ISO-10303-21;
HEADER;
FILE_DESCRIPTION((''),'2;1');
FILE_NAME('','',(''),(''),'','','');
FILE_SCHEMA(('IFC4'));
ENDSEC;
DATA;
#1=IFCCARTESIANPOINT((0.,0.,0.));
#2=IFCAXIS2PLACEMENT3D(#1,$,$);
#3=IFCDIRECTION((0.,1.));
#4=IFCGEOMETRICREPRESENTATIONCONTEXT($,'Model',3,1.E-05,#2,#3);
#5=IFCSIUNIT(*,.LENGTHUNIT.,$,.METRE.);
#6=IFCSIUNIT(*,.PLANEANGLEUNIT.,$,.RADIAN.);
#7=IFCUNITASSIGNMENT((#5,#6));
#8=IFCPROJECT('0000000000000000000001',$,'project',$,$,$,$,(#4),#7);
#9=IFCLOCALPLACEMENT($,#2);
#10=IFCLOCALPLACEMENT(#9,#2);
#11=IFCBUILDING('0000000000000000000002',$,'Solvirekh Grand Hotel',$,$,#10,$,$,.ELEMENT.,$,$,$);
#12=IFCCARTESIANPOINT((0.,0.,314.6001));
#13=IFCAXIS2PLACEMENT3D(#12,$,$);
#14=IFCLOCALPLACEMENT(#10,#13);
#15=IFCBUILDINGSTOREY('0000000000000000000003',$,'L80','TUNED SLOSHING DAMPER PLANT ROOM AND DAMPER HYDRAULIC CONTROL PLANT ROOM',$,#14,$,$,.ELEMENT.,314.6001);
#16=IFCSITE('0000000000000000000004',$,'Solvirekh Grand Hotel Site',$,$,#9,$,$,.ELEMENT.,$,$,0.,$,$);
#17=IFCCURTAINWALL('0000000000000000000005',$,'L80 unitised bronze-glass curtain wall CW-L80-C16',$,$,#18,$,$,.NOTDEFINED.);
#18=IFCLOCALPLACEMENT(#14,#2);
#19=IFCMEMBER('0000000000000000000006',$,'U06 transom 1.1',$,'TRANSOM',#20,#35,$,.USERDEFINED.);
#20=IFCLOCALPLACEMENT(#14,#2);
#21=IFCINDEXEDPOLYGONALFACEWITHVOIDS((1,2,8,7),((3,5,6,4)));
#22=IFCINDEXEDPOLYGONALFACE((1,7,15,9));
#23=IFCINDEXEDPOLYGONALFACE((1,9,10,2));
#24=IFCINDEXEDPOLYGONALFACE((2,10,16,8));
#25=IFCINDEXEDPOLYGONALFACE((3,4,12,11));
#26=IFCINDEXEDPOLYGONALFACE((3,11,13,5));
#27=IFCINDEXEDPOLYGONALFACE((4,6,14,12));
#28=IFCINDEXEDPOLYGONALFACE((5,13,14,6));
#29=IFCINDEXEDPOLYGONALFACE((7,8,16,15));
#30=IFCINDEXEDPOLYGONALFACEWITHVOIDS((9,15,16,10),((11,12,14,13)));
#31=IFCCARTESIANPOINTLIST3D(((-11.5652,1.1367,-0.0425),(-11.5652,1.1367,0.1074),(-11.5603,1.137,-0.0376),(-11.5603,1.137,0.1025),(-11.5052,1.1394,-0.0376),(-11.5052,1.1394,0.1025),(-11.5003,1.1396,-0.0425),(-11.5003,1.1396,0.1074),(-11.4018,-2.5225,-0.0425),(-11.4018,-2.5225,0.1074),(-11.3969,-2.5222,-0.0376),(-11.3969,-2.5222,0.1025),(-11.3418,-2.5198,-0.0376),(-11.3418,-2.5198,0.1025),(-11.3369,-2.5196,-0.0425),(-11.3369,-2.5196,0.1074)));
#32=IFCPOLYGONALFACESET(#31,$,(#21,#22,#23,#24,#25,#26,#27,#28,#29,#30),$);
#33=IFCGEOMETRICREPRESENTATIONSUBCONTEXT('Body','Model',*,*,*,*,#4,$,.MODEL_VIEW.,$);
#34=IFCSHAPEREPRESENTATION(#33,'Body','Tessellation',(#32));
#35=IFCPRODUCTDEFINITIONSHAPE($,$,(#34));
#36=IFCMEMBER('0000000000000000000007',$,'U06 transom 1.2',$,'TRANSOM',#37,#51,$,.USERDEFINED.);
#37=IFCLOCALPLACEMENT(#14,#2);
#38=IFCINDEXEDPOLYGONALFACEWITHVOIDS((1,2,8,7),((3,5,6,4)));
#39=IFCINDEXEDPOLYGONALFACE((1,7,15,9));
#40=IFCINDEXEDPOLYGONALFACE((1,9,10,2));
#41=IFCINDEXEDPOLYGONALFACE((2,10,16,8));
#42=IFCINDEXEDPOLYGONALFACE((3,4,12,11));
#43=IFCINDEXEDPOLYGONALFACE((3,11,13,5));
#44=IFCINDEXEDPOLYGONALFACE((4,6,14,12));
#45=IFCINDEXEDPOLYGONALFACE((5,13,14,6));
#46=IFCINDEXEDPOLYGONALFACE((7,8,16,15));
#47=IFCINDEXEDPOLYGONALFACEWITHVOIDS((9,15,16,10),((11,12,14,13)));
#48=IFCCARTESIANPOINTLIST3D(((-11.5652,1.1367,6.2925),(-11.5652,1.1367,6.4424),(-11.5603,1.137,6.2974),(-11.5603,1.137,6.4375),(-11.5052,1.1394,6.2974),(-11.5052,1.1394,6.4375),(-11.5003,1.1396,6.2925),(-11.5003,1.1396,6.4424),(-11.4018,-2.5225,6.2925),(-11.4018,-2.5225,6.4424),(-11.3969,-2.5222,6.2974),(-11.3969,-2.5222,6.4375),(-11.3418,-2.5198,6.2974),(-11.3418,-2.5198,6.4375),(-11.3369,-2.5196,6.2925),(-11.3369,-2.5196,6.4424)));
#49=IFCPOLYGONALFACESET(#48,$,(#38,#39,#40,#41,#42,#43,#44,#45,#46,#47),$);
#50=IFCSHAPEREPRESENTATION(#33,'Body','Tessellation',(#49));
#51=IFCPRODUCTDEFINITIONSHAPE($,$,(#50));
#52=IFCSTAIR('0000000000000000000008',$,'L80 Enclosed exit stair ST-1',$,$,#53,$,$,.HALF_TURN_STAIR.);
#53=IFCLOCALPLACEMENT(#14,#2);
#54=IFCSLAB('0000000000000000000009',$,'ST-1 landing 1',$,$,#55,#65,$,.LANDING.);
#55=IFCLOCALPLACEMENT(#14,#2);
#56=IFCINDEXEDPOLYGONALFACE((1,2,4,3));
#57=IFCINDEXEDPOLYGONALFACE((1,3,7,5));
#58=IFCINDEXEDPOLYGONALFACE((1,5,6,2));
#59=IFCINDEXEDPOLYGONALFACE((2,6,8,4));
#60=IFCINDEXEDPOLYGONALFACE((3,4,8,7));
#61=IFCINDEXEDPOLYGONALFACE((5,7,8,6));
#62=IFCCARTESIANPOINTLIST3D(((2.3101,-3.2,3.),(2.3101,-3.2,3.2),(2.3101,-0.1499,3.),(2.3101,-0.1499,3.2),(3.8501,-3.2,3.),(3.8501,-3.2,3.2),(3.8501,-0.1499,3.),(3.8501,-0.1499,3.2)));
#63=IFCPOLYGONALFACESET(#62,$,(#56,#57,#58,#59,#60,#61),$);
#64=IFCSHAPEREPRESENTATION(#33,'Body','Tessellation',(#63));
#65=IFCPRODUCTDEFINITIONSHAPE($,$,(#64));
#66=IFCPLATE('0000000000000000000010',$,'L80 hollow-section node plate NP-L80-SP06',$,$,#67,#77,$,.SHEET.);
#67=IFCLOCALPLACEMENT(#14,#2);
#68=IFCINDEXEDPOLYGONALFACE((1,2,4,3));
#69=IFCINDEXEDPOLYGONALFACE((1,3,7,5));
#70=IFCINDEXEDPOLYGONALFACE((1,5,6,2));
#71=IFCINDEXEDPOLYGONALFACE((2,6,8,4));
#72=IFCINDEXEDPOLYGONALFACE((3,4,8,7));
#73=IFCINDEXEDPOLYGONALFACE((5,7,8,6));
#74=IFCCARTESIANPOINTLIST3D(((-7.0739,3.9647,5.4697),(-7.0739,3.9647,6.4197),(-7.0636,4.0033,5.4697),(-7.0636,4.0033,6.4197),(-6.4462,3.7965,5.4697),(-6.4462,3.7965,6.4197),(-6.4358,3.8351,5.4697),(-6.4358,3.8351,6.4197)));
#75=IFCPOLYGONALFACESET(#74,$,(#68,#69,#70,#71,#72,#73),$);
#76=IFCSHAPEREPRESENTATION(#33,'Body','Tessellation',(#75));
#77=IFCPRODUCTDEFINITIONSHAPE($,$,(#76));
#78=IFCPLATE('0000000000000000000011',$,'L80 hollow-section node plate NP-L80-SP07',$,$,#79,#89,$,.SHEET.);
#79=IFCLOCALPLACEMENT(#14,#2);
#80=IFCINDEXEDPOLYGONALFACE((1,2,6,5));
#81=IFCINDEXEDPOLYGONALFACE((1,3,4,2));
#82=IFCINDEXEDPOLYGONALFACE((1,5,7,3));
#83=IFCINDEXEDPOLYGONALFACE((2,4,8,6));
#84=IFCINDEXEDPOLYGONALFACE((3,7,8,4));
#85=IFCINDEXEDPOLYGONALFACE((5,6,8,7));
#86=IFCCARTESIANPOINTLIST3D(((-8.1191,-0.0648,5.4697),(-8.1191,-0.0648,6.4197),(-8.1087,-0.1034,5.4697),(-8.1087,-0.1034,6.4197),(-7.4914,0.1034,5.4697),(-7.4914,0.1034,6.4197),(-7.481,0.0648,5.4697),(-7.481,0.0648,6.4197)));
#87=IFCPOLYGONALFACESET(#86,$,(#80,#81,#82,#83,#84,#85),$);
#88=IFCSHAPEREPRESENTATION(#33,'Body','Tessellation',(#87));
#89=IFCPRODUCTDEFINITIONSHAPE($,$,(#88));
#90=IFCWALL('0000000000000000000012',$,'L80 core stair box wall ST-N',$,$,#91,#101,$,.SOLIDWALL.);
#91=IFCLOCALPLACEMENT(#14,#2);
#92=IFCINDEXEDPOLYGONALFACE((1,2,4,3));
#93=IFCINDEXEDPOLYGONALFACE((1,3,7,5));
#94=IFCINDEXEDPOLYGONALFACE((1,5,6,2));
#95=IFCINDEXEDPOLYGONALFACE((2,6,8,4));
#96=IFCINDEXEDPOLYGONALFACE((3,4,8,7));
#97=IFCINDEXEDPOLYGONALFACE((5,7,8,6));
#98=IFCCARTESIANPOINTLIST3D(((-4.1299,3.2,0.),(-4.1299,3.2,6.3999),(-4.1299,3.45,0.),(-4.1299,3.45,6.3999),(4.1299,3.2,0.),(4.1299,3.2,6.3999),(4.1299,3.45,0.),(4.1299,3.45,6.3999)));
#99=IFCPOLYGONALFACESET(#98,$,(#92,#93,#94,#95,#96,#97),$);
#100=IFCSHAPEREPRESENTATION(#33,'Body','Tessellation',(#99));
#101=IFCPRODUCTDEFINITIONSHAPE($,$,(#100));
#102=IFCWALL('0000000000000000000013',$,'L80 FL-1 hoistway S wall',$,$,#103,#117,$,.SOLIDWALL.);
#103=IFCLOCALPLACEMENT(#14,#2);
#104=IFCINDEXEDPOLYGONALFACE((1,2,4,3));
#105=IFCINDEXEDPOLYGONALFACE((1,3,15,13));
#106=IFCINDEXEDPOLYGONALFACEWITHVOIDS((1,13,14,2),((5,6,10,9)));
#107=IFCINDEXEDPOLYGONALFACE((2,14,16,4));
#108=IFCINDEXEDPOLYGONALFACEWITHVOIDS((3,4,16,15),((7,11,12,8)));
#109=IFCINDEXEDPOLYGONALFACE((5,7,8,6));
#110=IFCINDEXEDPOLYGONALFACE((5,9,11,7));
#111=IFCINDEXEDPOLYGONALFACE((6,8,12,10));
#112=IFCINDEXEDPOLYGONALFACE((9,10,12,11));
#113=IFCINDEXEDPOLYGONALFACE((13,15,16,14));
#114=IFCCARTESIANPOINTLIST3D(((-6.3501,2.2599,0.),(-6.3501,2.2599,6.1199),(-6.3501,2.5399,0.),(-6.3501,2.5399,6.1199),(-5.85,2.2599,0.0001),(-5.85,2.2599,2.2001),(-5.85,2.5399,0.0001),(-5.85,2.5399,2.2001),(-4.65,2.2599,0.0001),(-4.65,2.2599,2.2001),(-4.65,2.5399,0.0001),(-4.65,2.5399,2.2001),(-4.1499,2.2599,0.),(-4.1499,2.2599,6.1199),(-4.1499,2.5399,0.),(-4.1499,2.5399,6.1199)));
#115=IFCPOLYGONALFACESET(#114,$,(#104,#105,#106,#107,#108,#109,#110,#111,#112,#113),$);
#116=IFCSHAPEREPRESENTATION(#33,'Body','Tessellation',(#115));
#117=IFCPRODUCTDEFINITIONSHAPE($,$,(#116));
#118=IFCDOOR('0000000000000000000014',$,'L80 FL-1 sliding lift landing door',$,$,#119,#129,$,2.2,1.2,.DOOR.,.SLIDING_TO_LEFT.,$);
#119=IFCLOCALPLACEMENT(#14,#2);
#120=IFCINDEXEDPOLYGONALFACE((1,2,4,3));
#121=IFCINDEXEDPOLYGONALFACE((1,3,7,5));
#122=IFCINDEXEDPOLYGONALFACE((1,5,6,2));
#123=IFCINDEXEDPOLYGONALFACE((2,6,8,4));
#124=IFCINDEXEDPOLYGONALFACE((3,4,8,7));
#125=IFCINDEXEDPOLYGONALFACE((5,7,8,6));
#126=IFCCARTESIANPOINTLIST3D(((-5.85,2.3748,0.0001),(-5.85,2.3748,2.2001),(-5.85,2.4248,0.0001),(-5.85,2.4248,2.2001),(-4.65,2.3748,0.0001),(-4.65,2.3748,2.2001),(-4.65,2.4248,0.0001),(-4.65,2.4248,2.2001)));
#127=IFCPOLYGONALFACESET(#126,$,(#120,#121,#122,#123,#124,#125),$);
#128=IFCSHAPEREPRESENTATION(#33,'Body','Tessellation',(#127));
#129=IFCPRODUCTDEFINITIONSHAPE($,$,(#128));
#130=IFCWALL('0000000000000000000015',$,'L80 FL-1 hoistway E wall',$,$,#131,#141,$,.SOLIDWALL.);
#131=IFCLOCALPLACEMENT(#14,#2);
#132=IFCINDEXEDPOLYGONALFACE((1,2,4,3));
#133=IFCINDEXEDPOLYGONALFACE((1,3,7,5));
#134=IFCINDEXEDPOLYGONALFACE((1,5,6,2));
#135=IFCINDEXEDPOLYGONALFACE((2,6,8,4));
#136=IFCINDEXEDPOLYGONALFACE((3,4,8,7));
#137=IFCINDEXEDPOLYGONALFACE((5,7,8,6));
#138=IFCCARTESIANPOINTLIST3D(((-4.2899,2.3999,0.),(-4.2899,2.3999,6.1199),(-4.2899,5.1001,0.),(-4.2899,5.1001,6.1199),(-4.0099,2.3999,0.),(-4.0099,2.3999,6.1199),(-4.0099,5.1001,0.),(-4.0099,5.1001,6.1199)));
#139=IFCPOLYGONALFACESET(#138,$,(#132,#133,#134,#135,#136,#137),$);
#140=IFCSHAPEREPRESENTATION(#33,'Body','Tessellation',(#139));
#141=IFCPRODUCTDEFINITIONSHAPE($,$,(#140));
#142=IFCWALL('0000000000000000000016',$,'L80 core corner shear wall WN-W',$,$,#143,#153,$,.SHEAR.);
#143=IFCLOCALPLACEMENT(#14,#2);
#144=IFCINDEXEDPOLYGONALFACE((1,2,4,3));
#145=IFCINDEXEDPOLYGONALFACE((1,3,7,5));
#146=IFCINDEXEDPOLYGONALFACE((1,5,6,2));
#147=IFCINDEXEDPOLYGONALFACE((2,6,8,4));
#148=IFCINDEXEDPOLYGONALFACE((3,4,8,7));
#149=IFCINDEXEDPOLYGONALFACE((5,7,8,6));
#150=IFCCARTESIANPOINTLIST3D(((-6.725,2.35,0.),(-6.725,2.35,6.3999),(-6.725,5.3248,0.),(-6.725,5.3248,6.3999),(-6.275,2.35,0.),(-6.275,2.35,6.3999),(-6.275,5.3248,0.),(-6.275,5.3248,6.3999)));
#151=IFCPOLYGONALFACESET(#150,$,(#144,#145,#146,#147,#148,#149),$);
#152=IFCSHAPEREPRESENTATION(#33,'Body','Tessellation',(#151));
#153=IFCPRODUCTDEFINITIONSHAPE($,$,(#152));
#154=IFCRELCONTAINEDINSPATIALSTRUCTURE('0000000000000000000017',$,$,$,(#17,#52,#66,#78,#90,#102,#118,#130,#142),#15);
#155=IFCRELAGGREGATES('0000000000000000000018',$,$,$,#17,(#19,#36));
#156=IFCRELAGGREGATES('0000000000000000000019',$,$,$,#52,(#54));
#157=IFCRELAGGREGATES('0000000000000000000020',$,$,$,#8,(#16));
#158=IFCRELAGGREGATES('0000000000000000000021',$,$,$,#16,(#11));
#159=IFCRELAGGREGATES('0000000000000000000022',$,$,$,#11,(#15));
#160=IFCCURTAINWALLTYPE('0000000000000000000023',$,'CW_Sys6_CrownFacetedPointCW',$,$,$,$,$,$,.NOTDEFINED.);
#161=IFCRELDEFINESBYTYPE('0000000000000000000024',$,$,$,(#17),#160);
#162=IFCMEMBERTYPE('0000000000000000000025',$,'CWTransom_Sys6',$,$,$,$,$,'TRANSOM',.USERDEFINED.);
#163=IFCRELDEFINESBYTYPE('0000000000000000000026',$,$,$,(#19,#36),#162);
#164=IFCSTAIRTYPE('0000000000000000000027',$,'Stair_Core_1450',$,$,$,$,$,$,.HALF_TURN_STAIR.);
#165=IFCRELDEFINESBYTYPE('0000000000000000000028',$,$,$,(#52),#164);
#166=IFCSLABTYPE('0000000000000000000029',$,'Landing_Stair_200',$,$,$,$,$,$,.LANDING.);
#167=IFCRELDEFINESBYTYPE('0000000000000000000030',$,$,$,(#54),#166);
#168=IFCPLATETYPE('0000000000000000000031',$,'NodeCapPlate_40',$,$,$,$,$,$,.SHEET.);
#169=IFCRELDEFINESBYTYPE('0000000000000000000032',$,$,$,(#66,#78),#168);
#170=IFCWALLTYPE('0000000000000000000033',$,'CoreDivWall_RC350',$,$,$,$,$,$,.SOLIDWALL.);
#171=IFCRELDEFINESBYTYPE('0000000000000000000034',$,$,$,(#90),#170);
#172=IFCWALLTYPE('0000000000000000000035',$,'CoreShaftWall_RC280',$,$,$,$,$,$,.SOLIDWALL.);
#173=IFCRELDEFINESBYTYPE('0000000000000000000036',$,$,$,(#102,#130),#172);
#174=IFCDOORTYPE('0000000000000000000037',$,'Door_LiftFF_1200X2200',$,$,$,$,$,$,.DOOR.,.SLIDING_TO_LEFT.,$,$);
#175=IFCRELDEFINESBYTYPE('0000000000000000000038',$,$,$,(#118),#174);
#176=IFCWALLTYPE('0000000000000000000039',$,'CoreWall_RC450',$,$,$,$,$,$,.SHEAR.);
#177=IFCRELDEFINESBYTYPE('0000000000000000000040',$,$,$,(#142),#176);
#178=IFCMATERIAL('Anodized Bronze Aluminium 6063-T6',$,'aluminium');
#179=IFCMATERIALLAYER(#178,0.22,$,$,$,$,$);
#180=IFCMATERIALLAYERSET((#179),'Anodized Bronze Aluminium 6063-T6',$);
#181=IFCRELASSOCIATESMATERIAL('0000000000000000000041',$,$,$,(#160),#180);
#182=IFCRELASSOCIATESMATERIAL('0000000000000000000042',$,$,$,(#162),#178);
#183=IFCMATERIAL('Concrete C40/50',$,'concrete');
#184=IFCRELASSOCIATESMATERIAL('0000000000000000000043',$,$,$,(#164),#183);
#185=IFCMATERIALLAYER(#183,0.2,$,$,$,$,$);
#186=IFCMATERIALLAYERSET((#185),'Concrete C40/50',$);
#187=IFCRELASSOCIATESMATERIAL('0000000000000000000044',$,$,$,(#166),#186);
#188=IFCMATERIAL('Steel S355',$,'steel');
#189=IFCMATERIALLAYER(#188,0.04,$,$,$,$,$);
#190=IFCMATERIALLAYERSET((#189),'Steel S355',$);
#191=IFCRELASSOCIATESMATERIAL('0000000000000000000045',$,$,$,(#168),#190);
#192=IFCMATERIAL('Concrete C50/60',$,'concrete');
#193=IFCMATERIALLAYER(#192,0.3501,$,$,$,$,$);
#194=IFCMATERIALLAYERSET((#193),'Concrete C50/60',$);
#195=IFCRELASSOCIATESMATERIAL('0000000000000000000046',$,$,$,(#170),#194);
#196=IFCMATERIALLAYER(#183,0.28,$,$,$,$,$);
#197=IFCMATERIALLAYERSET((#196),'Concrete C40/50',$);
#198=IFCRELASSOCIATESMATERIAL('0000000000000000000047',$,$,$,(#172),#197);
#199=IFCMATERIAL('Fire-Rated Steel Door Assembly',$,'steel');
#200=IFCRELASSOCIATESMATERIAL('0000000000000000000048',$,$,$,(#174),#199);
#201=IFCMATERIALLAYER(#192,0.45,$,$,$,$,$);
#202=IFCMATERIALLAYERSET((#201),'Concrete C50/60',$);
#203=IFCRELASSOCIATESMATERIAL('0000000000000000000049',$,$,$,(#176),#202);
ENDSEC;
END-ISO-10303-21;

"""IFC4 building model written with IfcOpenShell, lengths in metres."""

from ifc_helpers import new_model, si_unit, direction, frame, frame_2d, origin, origin_2d, place, context, subcontext, project, spatial, polyline, rectangle, hollow_rectangle, outline, extrude, source, transform, mapped, material, layer, layer_set, material_profile, profile_set, type_object, element, fill, aggregate, save


model = new_model("IFC4")

# Units and contexts
model_context = context("Model", 3, precision=1e-05, world=origin(), true_north=direction((0.0, 1.0)))
body_context = subcontext(model_context, "Body", "Model", "MODEL_VIEW")
ifc_project = project(units=[si_unit("LENGTHUNIT", "METRE"), si_unit("PLANEANGLEUNIT", "RADIAN")], contexts=[model_context])

# Site, building, storey
site_placement = place(None, origin())
site = spatial("IfcSite", under=ifc_project, at=site_placement, Name="Solvirekh Grand Hotel Site", CompositionType="ELEMENT", RefElevation=0.0)
building_placement = place(site_placement, origin())
building = spatial("IfcBuilding", under=site, at=building_placement, Name="Solvirekh Grand Hotel", CompositionType="ELEMENT")
storey_placement = place(building_placement, frame((0.0, 0.0, 314.6001)))
storey = spatial("IfcBuildingStorey", under=building, at=storey_placement, Name="L80", Description="TUNED SLOSHING DAMPER PLANT ROOM AND DAMPER HYDRAULIC CONTROL PLANT ROOM", CompositionType="ELEMENT", Elevation=314.6001)

# Shared definitions
ifc_material_1 = material(Name="Steel S355", Category="steel")

# Shared definitions
ifc_material_2 = material(Name="Anodized Bronze Aluminium 6063-T6", Category="aluminium")
ifc_layer_1 = layer(ifc_material_2, 0.22)
ifc_layer_set_1 = layer_set([ifc_layer_1], Name="Anodized Bronze Aluminium 6063-T6")
curtain_wall_type = type_object("IfcCurtainWallType", Name="CW_Sys6_CrownFacetedPointCW", PredefinedType="NOTDEFINED", material=ifc_layer_set_1)

# Curtain wall, members
curtain_wall_1_placement = place(storey_placement, origin())
curtain_wall_1 = element("IfcCurtainWall", 1, at=curtain_wall_1_placement, inside=storey, type_object=curtain_wall_type, Name="L80 unitised bronze-glass curtain wall CW-L80-C16", PredefinedType="NOTDEFINED")
ifc_material_profile_1 = material_profile(ifc_material_2, hollow_rectangle(XDim=0.0649, YDim=0.1499, WallThickness=0.0049, at=origin_2d()), Name="ALU RHS 150X65X5")
ifc_profile_set_1 = profile_set([ifc_material_profile_1], Name="Anodized Bronze Aluminium 6063-T6")
member_type_1 = type_object("IfcMemberType", Name="CWTransom_Sys6", ElementType="TRANSOM", PredefinedType="USERDEFINED", material=ifc_profile_set_1)
shared_shape_1 = source(origin(), body_context, "Body", "SweptSolid", [
    extrude(hollow_rectangle(XDim=0.0649, YDim=0.1499, WallThickness=0.0049, at=origin_2d()), origin(), (0.0, 0.0, 1.0), 3.6628),
])
member_1_placement = place(storey_placement, frame((-11.5327, 1.1382, 0.0325), z_axis=(0.044591, -0.999005, 0.0), x_axis=(0.999005, 0.044591, 0.0)))
member_1 = element("IfcMember", 2, at=member_1_placement, type_object=member_type_1, Name="U06 transom 1.1", ObjectType="TRANSOM", PredefinedType="USERDEFINED", context=body_context, shape_type="MappedRepresentation", body=[
    mapped(shared_shape_1, transform((0.0, 0.0, 0.0), x_axis=(1.0, 0.0, 0.0), y_axis=(0.0, 1.0, 0.0), z_axis=(0.0, 0.0, 1.0), scale=1.0)),
])
member_2_placement = place(storey_placement, frame((-11.5327, 1.1382, 6.3674), z_axis=(0.044591, -0.999005, 0.0), x_axis=(0.999005, 0.044591, 0.0)))
member_2 = element("IfcMember", 3, at=member_2_placement, type_object=member_type_1, Name="U06 transom 1.2", ObjectType="TRANSOM", PredefinedType="USERDEFINED", context=body_context, shape_type="MappedRepresentation", body=[
    mapped(shared_shape_1, transform((0.0, 0.0, 0.0), x_axis=(1.0, 0.0, 0.0), y_axis=(0.0, 1.0, 0.0), z_axis=(0.0, 0.0, 1.0), scale=1.0)),
])
aggregate(curtain_wall_1, [member_1, member_2])

# Stair, slab
ifc_material_3 = material(Name="Concrete C40/50", Category="concrete")
stair_type = type_object("IfcStairType", Name="Stair_Core_1450", PredefinedType="HALF_TURN_STAIR", material=ifc_material_3)
stair_1_placement = place(storey_placement, origin())
stair_1 = element("IfcStair", 4, at=stair_1_placement, inside=storey, type_object=stair_type, Name="L80 Enclosed exit stair ST-1", PredefinedType="HALF_TURN_STAIR")
ifc_layer_2 = layer(ifc_material_3, 0.2)
ifc_layer_set_2 = layer_set([ifc_layer_2], Name="Concrete C40/50")
slab_type = type_object("IfcSlabType", Name="Landing_Stair_200", PredefinedType="LANDING", material=ifc_layer_set_2)
slab_placement = place(storey_placement, frame((0.0, 0.0, 3.0)))
slab = element("IfcSlab", 5, at=slab_placement, type_object=slab_type, Name="ST-1 landing 1", PredefinedType="LANDING", context=body_context, shape_type="SweptSolid", body=[
    extrude(outline(polyline([(2.3101, -3.2), (3.8501, -3.2), (3.8501, -0.1499), (2.3101, -0.1499), (2.3101, -3.2)])), origin(), (0.0, 0.0, 1.0), 0.2),
])
aggregate(stair_1, [slab])

# Plates
ifc_layer_3 = layer(ifc_material_1, 0.04)
ifc_layer_set_3 = layer_set([ifc_layer_3], Name="Steel S355")
plate_type = type_object("IfcPlateType", Name="NodeCapPlate_40", PredefinedType="SHEET", material=ifc_layer_set_3)
for number, where, z_axis, x_axis, name in (
    (6, (-6.7549, 3.8999, 5.4697), (0.0, 0.0, 1.0), (-0.258819, -0.965926, 0.0), "L80 hollow-section node plate NP-L80-SP06"),
    (7, (-7.8, 0.0, 5.4697), (0.0, 0.0, 1.0), (0.258819, -0.965926, 0.0), "L80 hollow-section node plate NP-L80-SP07"),
):
    element("IfcPlate", number, at=place(storey_placement, frame(where, z_axis=z_axis, x_axis=x_axis)), inside=storey, type_object=plate_type, Name=name, PredefinedType="SHEET", context=body_context, shape_type="SweptSolid", body=[
        extrude(rectangle(XDim=0.04, YDim=0.6499, at=origin_2d()), origin(), (0.0, 0.0, 1.0), 0.95),
    ])

# Wall
ifc_material_4 = material(Name="Concrete C50/60", Category="concrete")
ifc_layer_4 = layer(ifc_material_4, 0.3501)
ifc_layer_set_4 = layer_set([ifc_layer_4], Name="Concrete C50/60")
wall_type_1 = type_object("IfcWallType", Name="CoreDivWall_RC350", PredefinedType="SOLIDWALL", material=ifc_layer_set_4)
wall_1_placement = place(storey_placement, frame((-4.1299, 3.325, 0.0), z_axis=(0.0, 0.0, 1.0), x_axis=(1.0, 0.0, 0.0)))
element("IfcWall", 8, at=wall_1_placement, inside=storey, type_object=wall_type_1, Name="L80 core stair box wall ST-N", PredefinedType="SOLIDWALL", context=body_context, shape_type="SweptSolid", body=[
    extrude(rectangle(XDim=8.2598, YDim=0.25, at=frame_2d((4.1299, 0.0))), origin(), (0.0, 0.0, 1.0), 6.3999),
])

# Wall, opening, door
ifc_layer_5 = layer(ifc_material_3, 0.28)
ifc_layer_set_5 = layer_set([ifc_layer_5], Name="Concrete C40/50")
wall_type_2 = type_object("IfcWallType", Name="CoreShaftWall_RC280", PredefinedType="SOLIDWALL", material=ifc_layer_set_5)
wall_2_placement = place(storey_placement, frame((-6.3501, 2.3999, 0.0), z_axis=(0.0, 0.0, 1.0), x_axis=(1.0, 0.0, 0.0)))
wall_2 = element("IfcWall", 9, at=wall_2_placement, inside=storey, type_object=wall_type_2, Name="L80 FL-1 hoistway S wall", PredefinedType="SOLIDWALL", context=body_context, shape_type="SweptSolid", body=[
    extrude(rectangle(XDim=2.2002, YDim=0.28, at=frame_2d((1.1001, 0.0))), origin(), (0.0, 0.0, 1.0), 6.1199),
])
opening_1_placement = place(wall_2_placement, frame((0.5, 0.0, 0.0)))
opening_1 = element("IfcOpeningElement", 10, at=opening_1_placement, cuts=wall_2, PredefinedType="OPENING", context=body_context, shape_type="SweptSolid", body=[
    extrude(rectangle(XDim=1.2, YDim=2.2, at=frame_2d((0.6001, 1.1001))), frame((0.0, 0.1499, 0.0), z_axis=(0.0, -1.0, 0.0), x_axis=(1.0, 0.0, 0.0)), (0.0, 0.0, 1.0), 0.3),
])
ifc_material_5 = material(Name="Fire-Rated Steel Door Assembly", Category="steel")
door_type = type_object("IfcDoorType", Name="Door_LiftFF_1200X2200", OperationType="SLIDING_TO_LEFT", PredefinedType="DOOR", material=ifc_material_5)
door_placement = place(opening_1_placement, origin())
door = element("IfcDoor", 11, at=door_placement, inside=storey, type_object=door_type, Name="L80 FL-1 sliding lift landing door", OperationType="SLIDING_TO_LEFT", OverallHeight=2.2, OverallWidth=1.2, PredefinedType="DOOR", context=body_context, shape_type="SweptSolid", body=[
    extrude(rectangle(XDim=1.2, YDim=2.2, at=frame_2d((0.6001, 1.1001))), frame((0.0, 0.0249, 0.0), z_axis=(0.0, -1.0, 0.0), x_axis=(1.0, 0.0, 0.0)), (0.0, 0.0, 1.0), 0.05),
])
fill(opening_1, door)

# Walls
wall_3_placement = place(storey_placement, frame((-4.1499, 2.3999, 0.0), z_axis=(0.0, 0.0, 1.0), x_axis=(0.0, 1.0, 0.0)))
element("IfcWall", 12, at=wall_3_placement, inside=storey, type_object=wall_type_2, Name="L80 FL-1 hoistway E wall", PredefinedType="SOLIDWALL", context=body_context, shape_type="SweptSolid", body=[
    extrude(rectangle(XDim=2.7002, YDim=0.28, at=frame_2d((1.3501, 0.0))), origin(), (0.0, 0.0, 1.0), 6.1199),
])
ifc_layer_6 = layer(ifc_material_4, 0.45)
ifc_layer_set_6 = layer_set([ifc_layer_6], Name="Concrete C50/60")
wall_type_3 = type_object("IfcWallType", Name="CoreWall_RC450", PredefinedType="SHEAR", material=ifc_layer_set_6)
wall_4_placement = place(storey_placement, frame((-6.5, 2.3501, 0.0), z_axis=(0.0, 0.0, 1.0), x_axis=(0.0, 1.0, 0.0)))
element("IfcWall", 13, at=wall_4_placement, inside=storey, type_object=wall_type_3, Name="L80 core corner shear wall WN-W", PredefinedType="SHEAR", context=body_context, shape_type="SweptSolid", body=[
    extrude(rectangle(XDim=2.9749, YDim=0.45, at=frame_2d((1.4873, 0.0))), origin(), (0.0, 0.0, 1.0), 6.3999),
])

save(model, "model.ifc")
